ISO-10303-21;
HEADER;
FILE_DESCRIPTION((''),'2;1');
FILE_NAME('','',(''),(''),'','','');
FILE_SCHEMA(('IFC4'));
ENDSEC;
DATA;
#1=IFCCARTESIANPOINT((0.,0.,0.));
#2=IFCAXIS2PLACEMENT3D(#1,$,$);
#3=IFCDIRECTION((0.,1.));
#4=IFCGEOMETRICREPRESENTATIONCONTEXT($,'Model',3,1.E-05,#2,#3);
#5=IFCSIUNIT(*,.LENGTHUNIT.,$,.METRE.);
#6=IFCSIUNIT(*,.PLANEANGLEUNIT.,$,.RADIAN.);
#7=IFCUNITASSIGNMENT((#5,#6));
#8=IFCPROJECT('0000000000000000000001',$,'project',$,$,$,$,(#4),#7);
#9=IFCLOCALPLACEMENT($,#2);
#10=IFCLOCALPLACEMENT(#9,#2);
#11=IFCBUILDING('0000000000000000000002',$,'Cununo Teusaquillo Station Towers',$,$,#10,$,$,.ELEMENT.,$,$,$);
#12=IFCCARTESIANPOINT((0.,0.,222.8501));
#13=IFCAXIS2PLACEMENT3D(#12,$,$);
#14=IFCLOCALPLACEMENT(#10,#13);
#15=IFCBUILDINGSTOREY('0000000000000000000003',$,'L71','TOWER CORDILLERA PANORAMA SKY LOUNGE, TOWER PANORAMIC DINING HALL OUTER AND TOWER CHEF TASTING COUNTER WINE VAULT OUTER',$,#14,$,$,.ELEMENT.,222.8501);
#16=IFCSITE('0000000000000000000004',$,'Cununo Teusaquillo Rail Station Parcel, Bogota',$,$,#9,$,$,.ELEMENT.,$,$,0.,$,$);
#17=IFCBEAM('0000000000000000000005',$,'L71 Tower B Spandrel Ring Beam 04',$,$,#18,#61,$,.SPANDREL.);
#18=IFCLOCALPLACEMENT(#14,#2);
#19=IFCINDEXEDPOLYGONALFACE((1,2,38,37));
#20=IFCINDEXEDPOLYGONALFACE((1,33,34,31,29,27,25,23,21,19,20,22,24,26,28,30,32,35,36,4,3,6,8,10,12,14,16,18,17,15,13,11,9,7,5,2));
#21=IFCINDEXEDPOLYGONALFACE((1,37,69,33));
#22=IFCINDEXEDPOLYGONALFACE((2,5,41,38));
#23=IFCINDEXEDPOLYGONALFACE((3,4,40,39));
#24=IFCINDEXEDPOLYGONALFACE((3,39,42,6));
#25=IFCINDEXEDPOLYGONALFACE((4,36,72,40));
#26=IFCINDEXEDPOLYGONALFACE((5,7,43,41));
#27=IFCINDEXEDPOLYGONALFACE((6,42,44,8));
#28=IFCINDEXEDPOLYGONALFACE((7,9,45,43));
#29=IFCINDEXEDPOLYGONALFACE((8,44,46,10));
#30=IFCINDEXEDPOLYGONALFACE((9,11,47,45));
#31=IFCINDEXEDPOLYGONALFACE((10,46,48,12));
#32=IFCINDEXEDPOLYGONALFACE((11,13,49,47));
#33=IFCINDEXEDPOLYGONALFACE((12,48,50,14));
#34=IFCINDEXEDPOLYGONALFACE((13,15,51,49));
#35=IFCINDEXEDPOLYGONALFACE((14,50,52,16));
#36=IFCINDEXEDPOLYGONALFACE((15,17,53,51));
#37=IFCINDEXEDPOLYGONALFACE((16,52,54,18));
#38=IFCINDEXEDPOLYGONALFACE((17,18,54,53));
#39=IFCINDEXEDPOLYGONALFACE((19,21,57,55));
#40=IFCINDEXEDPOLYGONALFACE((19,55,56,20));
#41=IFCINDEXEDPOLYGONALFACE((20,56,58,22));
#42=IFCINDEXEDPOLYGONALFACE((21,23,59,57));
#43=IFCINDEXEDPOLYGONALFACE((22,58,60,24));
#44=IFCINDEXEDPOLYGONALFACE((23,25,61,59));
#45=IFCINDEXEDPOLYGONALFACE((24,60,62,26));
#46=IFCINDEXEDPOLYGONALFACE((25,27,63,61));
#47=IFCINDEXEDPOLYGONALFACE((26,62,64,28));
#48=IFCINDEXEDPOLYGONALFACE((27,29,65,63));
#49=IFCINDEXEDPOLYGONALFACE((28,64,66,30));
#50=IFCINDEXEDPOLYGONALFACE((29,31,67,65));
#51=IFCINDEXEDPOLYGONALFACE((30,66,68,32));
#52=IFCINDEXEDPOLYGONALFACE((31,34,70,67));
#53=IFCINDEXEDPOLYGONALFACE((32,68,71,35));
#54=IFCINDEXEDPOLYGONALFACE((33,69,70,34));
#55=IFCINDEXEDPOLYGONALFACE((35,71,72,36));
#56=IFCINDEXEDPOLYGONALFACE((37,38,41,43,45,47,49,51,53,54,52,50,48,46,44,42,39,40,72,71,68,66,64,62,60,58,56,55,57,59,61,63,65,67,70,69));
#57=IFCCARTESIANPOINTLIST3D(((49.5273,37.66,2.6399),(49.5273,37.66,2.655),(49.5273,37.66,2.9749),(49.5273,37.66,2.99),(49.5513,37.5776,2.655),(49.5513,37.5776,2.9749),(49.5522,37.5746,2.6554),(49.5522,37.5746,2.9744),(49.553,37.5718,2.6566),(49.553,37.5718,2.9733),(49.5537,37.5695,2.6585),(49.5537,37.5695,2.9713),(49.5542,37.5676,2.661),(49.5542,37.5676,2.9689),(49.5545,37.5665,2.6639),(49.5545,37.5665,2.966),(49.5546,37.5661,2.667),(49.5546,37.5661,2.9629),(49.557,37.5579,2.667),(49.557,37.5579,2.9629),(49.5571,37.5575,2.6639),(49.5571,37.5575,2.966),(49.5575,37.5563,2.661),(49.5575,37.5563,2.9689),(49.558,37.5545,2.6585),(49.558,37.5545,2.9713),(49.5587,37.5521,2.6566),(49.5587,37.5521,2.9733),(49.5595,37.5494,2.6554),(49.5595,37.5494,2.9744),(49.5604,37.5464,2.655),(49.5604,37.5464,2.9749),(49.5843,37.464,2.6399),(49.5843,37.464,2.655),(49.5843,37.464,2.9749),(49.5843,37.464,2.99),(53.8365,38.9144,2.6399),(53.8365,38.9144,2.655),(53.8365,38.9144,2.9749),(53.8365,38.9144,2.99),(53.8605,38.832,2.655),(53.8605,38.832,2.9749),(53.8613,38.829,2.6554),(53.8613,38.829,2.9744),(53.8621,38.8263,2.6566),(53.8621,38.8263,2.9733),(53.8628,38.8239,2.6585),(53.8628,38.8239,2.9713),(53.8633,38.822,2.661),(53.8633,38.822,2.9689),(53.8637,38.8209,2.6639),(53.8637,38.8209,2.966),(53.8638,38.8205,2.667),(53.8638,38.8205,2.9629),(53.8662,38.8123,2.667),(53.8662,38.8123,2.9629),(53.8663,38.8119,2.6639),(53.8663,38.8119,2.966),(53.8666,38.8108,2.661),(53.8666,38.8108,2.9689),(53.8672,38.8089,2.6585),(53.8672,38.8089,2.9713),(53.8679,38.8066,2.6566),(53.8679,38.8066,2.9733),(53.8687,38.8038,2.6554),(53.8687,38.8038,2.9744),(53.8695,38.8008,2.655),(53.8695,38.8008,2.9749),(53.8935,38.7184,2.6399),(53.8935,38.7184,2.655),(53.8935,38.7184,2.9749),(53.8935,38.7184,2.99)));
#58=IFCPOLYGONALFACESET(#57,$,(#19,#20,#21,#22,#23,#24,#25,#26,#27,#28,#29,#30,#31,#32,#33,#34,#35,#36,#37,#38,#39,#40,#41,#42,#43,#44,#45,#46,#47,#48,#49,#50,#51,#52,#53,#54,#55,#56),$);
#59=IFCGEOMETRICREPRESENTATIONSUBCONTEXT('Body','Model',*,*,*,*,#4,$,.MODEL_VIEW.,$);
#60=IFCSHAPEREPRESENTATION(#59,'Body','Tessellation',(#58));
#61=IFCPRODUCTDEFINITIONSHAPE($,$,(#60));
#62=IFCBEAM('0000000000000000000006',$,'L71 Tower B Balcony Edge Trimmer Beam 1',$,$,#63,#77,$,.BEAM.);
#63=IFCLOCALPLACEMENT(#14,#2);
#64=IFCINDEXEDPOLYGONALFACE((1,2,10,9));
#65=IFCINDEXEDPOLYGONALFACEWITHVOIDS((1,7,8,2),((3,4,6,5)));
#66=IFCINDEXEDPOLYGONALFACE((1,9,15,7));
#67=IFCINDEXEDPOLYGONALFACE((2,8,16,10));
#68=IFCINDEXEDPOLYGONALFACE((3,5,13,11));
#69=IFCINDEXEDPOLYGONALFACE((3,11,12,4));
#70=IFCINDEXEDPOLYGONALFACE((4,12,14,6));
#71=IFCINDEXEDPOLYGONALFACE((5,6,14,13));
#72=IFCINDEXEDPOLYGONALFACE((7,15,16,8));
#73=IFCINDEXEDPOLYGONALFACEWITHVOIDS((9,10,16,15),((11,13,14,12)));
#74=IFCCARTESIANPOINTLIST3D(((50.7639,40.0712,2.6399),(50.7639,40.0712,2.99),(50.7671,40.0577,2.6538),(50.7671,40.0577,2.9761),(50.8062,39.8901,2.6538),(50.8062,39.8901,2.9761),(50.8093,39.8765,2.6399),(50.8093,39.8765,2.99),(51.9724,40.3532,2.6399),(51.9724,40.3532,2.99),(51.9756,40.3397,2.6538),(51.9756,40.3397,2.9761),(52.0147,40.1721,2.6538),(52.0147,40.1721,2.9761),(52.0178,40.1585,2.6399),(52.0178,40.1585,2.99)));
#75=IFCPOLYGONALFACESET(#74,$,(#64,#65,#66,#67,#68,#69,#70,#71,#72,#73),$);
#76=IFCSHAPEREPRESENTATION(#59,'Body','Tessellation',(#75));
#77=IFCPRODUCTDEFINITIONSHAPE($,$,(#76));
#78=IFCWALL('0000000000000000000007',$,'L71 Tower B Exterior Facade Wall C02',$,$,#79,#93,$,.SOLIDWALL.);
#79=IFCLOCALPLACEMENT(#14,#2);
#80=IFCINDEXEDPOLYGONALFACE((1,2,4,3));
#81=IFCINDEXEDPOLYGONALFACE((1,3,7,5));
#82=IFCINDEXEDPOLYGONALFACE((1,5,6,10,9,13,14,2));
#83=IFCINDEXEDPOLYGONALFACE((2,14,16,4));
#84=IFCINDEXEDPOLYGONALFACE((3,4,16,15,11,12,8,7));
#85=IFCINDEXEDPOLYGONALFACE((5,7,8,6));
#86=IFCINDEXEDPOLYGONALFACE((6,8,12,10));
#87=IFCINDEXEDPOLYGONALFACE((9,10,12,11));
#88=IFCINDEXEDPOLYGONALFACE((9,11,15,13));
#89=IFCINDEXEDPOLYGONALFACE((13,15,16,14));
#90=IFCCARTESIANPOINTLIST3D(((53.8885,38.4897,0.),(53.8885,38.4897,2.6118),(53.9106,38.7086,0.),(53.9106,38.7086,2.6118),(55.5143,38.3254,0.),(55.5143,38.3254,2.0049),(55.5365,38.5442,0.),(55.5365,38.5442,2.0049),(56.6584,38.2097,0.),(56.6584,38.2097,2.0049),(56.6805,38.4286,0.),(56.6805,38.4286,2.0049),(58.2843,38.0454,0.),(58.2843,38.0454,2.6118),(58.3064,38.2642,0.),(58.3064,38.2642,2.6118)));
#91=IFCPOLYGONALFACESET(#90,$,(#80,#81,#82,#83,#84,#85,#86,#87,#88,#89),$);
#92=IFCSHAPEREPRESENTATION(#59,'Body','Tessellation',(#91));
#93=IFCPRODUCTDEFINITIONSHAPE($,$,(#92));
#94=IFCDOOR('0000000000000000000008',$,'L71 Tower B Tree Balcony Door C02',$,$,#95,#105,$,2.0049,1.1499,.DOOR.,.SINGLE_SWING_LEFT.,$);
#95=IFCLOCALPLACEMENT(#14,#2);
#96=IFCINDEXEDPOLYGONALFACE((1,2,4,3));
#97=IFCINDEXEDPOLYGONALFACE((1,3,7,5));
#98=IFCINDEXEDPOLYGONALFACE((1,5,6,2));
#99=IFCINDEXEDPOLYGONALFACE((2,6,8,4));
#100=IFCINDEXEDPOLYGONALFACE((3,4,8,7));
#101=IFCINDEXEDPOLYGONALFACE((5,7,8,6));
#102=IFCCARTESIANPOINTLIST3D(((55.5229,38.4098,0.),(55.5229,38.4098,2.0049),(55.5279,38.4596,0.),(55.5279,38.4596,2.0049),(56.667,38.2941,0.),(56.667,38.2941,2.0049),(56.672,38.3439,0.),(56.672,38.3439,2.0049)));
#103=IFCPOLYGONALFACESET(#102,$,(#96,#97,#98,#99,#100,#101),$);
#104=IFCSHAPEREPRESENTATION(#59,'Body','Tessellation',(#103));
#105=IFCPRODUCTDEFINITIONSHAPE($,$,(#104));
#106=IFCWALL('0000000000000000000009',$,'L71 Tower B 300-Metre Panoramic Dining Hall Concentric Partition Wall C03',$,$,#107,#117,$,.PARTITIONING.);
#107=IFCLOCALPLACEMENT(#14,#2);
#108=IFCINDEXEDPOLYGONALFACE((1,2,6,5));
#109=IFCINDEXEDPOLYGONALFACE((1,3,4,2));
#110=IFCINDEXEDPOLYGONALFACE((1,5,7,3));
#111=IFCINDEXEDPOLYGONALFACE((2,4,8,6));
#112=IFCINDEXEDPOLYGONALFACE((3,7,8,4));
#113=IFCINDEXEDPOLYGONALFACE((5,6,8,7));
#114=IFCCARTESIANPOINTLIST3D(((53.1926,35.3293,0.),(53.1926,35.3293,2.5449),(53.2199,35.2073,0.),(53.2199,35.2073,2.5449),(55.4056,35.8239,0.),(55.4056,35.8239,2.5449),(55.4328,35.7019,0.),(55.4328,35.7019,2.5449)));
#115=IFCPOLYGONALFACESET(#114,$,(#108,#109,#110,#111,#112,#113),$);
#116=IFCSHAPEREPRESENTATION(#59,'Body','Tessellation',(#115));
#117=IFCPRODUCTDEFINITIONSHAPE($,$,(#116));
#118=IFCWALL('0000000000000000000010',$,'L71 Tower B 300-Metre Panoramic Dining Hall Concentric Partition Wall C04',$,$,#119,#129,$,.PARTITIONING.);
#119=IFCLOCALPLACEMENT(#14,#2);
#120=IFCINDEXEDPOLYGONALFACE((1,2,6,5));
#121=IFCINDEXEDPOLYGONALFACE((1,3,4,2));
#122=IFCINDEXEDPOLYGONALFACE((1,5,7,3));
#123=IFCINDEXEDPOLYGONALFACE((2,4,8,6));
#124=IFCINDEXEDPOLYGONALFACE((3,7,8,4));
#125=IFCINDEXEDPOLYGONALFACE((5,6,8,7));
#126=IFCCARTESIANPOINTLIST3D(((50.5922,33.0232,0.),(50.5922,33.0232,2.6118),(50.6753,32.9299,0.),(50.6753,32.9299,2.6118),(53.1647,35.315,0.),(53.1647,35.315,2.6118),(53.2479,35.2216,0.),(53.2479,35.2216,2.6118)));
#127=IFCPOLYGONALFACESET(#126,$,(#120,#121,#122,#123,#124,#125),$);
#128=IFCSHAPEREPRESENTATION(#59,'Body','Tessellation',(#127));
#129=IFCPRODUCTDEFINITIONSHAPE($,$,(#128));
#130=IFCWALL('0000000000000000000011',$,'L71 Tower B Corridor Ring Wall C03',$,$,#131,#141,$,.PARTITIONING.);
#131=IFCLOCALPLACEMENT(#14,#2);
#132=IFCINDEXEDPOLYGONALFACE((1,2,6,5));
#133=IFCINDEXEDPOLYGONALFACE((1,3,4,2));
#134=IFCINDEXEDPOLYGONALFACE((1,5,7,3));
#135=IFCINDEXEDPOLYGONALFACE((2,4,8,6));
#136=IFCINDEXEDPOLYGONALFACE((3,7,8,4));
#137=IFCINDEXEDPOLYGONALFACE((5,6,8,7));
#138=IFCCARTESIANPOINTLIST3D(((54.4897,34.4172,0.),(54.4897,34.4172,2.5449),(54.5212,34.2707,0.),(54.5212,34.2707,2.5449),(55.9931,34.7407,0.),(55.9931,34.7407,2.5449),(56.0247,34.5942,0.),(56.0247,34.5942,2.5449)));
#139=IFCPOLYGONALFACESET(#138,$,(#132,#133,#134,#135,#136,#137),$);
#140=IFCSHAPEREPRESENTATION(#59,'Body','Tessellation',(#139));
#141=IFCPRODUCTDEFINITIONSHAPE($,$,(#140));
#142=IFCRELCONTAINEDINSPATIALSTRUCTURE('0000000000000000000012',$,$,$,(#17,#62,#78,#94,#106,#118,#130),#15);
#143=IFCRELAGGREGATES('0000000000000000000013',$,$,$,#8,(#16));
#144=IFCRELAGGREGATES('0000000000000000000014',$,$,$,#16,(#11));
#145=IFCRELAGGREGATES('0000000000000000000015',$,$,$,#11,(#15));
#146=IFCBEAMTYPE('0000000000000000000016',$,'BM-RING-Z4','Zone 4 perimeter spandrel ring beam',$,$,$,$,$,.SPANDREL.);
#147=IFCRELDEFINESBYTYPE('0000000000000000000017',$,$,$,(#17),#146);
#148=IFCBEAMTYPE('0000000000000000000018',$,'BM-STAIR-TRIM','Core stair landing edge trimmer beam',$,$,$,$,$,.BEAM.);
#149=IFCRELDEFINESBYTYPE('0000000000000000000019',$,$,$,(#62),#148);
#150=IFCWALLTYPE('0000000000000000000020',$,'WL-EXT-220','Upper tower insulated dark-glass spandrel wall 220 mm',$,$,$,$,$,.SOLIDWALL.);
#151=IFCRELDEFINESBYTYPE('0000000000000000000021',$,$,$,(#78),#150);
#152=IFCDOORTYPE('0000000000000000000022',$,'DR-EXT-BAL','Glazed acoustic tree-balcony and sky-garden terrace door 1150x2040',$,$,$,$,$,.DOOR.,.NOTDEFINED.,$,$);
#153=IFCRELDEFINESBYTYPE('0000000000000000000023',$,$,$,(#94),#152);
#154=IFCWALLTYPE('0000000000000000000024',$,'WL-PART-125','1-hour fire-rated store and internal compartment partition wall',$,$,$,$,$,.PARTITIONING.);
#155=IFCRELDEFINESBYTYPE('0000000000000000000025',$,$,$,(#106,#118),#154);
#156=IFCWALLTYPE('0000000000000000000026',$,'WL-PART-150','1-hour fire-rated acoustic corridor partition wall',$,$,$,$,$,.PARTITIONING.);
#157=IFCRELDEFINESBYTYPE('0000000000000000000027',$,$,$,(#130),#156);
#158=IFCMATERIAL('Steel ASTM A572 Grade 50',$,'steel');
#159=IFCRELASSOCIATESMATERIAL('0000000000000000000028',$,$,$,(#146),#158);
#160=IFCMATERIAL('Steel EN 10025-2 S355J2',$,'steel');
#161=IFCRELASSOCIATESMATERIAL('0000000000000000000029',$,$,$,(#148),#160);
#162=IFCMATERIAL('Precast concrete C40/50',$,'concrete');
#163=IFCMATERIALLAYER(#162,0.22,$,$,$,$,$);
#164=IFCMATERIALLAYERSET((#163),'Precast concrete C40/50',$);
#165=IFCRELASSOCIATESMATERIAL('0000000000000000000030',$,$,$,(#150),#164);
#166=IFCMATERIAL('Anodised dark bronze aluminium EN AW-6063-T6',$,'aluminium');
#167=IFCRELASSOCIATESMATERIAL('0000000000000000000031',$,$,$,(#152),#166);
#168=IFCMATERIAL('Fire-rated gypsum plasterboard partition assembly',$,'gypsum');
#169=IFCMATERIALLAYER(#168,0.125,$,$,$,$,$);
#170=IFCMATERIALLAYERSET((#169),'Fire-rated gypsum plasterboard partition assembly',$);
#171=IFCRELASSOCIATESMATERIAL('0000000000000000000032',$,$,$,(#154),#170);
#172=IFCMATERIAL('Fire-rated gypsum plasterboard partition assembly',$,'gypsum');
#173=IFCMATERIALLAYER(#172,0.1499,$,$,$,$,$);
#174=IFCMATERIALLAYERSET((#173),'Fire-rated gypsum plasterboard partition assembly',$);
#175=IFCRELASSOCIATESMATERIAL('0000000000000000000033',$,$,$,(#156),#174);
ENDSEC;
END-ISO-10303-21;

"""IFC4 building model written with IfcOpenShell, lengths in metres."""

from ifc_helpers import new_model, si_unit, direction, frame, frame_2d, origin, origin_2d, place, context, subcontext, project, spatial, rectangle, hollow_rectangle, i_section, extrude, source, transform, mapped, material, layer, layer_set, material_profile, profile_set, type_object, element, fill, save


model = new_model("IFC4")

# Units and contexts
model_context = context("Model", 3, precision=1e-05, world=origin(), true_north=direction((0.0, 1.0)))
body_context = subcontext(model_context, "Body", "Model", "MODEL_VIEW")
ifc_project = project(units=[si_unit("LENGTHUNIT", "METRE"), si_unit("PLANEANGLEUNIT", "RADIAN")], contexts=[model_context])

# Site, building, storey
site_placement = place(None, origin())
site = spatial("IfcSite", under=ifc_project, at=site_placement, Name="Cununo Teusaquillo Rail Station Parcel, Bogota", CompositionType="ELEMENT", RefElevation=0.0)
building_placement = place(site_placement, origin())
building = spatial("IfcBuilding", under=site, at=building_placement, Name="Cununo Teusaquillo Station Towers", CompositionType="ELEMENT")
storey_placement = place(building_placement, frame((0.0, 0.0, 222.8501)))
storey = spatial("IfcBuildingStorey", under=building, at=storey_placement, Name="L71", Description="TOWER CORDILLERA PANORAMA SKY LOUNGE, TOWER PANORAMIC DINING HALL OUTER AND TOWER CHEF TASTING COUNTER WINE VAULT OUTER", CompositionType="ELEMENT", Elevation=222.8501)

# Beams
ifc_material_1 = material(Name="Steel ASTM A572 Grade 50", Category="steel")
ifc_material_profile_1 = material_profile(ifc_material_1, i_section(OverallWidth=0.2041, OverallDepth=0.3501, WebThickness=0.0085, FlangeThickness=0.0151, FilletRadius=0.012, at=origin_2d()), Name="W14X48")
ifc_profile_set_1 = profile_set([ifc_material_profile_1], Name="Steel ASTM A572 Grade 50")
beam_type_1 = type_object("IfcBeamType", Name="BM-RING-Z4", Description="Zone 4 perimeter spandrel ring beam", PredefinedType="SPANDREL", material=ifc_profile_set_1)
beam_1_placement = place(storey_placement, frame((53.865, 38.8164, 2.8149), z_axis=(-0.960145, -0.279503, 0.0), x_axis=(0.279503, -0.960145, 0.0)))
element("IfcBeam", 1, at=beam_1_placement, inside=storey, type_object=beam_type_1, Name="L71 Tower B Spandrel Ring Beam 04", PredefinedType="SPANDREL", context=body_context, shape_type="SweptSolid", body=[
    extrude(i_section(OverallWidth=0.2041, OverallDepth=0.3501, WebThickness=0.0085, FlangeThickness=0.0151, FilletRadius=0.012, at=origin_2d()), origin(), (0.0, 0.0, 1.0), 4.488),
])
ifc_material_2 = material(Name="Steel EN 10025-2 S355J2", Category="steel")
ifc_material_profile_2 = material_profile(ifc_material_2, hollow_rectangle(XDim=0.2, YDim=0.3501, WallThickness=0.0139, at=origin_2d()), Name="RHS 350x200x14")
ifc_profile_set_2 = profile_set([ifc_material_profile_2], Name="Steel EN 10025-2 S355J2")
beam_type_2 = type_object("IfcBeamType", Name="BM-STAIR-TRIM", Description="Core stair landing edge trimmer beam", PredefinedType="BEAM", material=ifc_profile_set_2)
beam_2_placement = place(storey_placement, frame((51.9951, 40.2559, 2.8149), z_axis=(-0.973841, -0.22723, 0.0), x_axis=(0.22723, -0.973841, 0.0)))
element("IfcBeam", 2, at=beam_2_placement, inside=storey, type_object=beam_type_2, Name="L71 Tower B Balcony Edge Trimmer Beam 1", PredefinedType="BEAM", context=body_context, shape_type="SweptSolid", body=[
    extrude(hollow_rectangle(XDim=0.2, YDim=0.3501, WallThickness=0.0139, at=origin_2d()), origin(), (0.0, 0.0, 1.0), 1.241),
])

# Wall, opening, door
ifc_material_3 = material(Name="Precast concrete C40/50", Category="concrete")
ifc_layer_1 = layer(ifc_material_3, 0.22)
ifc_layer_set_1 = layer_set([ifc_layer_1], Name="Precast concrete C40/50")
wall_type_1 = type_object("IfcWallType", Name="WL-EXT-220", Description="Upper tower insulated dark-glass spandrel wall 220 mm", PredefinedType="SOLIDWALL", material=ifc_layer_set_1)
wall_1_placement = place(storey_placement, frame((53.8997, 38.5991, 0.0), z_axis=(0.0, 0.0, 1.0), x_axis=(0.99493, -0.100571, 0.0)))
wall_1 = element("IfcWall", 3, at=wall_1_placement, inside=storey, type_object=wall_type_1, Name="L71 Tower B Exterior Facade Wall C02", PredefinedType="SOLIDWALL", context=body_context, shape_type="SweptSolid", body=[
    extrude(rectangle(XDim=4.4182, YDim=0.22, at=frame_2d((2.209, 0.0))), origin(), (0.0, 0.0, 1.0), 2.6118),
])
shared_shape_1 = source(origin(), body_context, "Body", "SweptSolid", [
    extrude(rectangle(XDim=1.1499, YDim=2.0049, at=frame_2d((0.575, 1.0024))), frame((0.0, 0.1199, 0.0), z_axis=(0.0, -1.0, 0.0), x_axis=(1.0, 0.0, 0.0)), (0.0, 0.0, 1.0), 0.24),
])
opening_1_placement = place(wall_1_placement, frame((1.634, 0.0, 0.0)))
opening_1 = element("IfcOpeningElement", 4, at=opening_1_placement, cuts=wall_1, PredefinedType="OPENING", context=body_context, shape_type="MappedRepresentation", body=[
    mapped(shared_shape_1, transform((0.0, 0.0, 0.0), x_axis=(1.0, 0.0, 0.0), y_axis=(0.0, 1.0, 0.0), z_axis=(0.0, 0.0, 1.0), scale=1.0)),
])
ifc_material_4 = material(Name="Anodised dark bronze aluminium EN AW-6063-T6", Category="aluminium")
door_type_1 = type_object("IfcDoorType", Name="DR-EXT-BAL", Description="Glazed acoustic tree-balcony and sky-garden terrace door 1150x2040", OperationType="NOTDEFINED", PredefinedType="DOOR", material=ifc_material_4)
shared_shape_2 = source(origin(), body_context, "Body", "SweptSolid", [
    extrude(rectangle(XDim=1.1499, YDim=2.0049, at=frame_2d((0.575, 1.0024))), frame((0.0, 0.0249, 0.0), z_axis=(0.0, -1.0, 0.0), x_axis=(1.0, 0.0, 0.0)), (0.0, 0.0, 1.0), 0.05),
])
door_1_placement = place(opening_1_placement, origin())
door_1 = element("IfcDoor", 5, at=door_1_placement, inside=storey, type_object=door_type_1, Name="L71 Tower B Tree Balcony Door C02", OperationType="SINGLE_SWING_LEFT", OverallHeight=2.0049, OverallWidth=1.1499, PredefinedType="DOOR", context=body_context, shape_type="MappedRepresentation", body=[
    mapped(shared_shape_2, transform((0.0, 0.0, 0.0), x_axis=(1.0, 0.0, 0.0), y_axis=(0.0, 1.0, 0.0), z_axis=(0.0, 0.0, 1.0), scale=1.0)),
])
fill(opening_1, door_1)

# Walls
ifc_material_5 = material(Name="Fire-rated gypsum plasterboard partition assembly", Category="gypsum")
ifc_layer_2 = layer(ifc_material_5, 0.125)
ifc_layer_set_2 = layer_set([ifc_layer_2], Name="Fire-rated gypsum plasterboard partition assembly")
wall_type_2 = type_object("IfcWallType", Name="WL-PART-125", Description="1-hour fire-rated store and internal compartment partition wall", PredefinedType="PARTITIONING", material=ifc_layer_set_2)
wall_2_placement = place(storey_placement, frame((55.4192, 35.7629, 0.0), z_axis=(0.0, 0.0, 1.0), x_axis=(-0.975918, -0.218139, 0.0)))
element("IfcWall", 6, at=wall_2_placement, inside=storey, type_object=wall_type_2, Name="L71 Tower B 300-Metre Panoramic Dining Hall Concentric Partition Wall C03", PredefinedType="PARTITIONING", context=body_context, shape_type="SweptSolid", body=[
    extrude(rectangle(XDim=2.2676, YDim=0.125, at=frame_2d((1.1338, 0.0))), origin(), (0.0, 0.0, 1.0), 2.5449),
])
wall_3_placement = place(storey_placement, frame((53.2063, 35.2683, 0.0), z_axis=(0.0, 0.0, 1.0), x_axis=(-0.746678, -0.665186, 0.0)))
element("IfcWall", 7, at=wall_3_placement, inside=storey, type_object=wall_type_2, Name="L71 Tower B 300-Metre Panoramic Dining Hall Concentric Partition Wall C04", PredefinedType="PARTITIONING", context=body_context, shape_type="SweptSolid", body=[
    extrude(rectangle(XDim=3.4453, YDim=0.125, at=frame_2d((1.7227, 0.0))), origin(), (0.0, 0.0, 1.0), 2.6118),
])
ifc_material_6 = material(Name="Fire-rated gypsum plasterboard partition assembly", Category="gypsum")
ifc_layer_3 = layer(ifc_material_6, 0.1499)
ifc_layer_set_3 = layer_set([ifc_layer_3], Name="Fire-rated gypsum plasterboard partition assembly")
wall_type_3 = type_object("IfcWallType", Name="WL-PART-150", Description="1-hour fire-rated acoustic corridor partition wall", PredefinedType="PARTITIONING", material=ifc_layer_set_3)
wall_4_placement = place(storey_placement, frame((56.009, 34.6675, 0.0), z_axis=(0.0, 0.0, 1.0), x_axis=(-0.977625, -0.210353, 0.0)))
element("IfcWall", 8, at=wall_4_placement, inside=storey, type_object=wall_type_3, Name="L71 Tower B Corridor Ring Wall C03", PredefinedType="PARTITIONING", context=body_context, shape_type="SweptSolid", body=[
    extrude(rectangle(XDim=1.5378, YDim=0.1499, at=frame_2d((0.769, 0.0))), origin(), (0.0, 0.0, 1.0), 2.5449),
])

save(model, "model.ifc")
